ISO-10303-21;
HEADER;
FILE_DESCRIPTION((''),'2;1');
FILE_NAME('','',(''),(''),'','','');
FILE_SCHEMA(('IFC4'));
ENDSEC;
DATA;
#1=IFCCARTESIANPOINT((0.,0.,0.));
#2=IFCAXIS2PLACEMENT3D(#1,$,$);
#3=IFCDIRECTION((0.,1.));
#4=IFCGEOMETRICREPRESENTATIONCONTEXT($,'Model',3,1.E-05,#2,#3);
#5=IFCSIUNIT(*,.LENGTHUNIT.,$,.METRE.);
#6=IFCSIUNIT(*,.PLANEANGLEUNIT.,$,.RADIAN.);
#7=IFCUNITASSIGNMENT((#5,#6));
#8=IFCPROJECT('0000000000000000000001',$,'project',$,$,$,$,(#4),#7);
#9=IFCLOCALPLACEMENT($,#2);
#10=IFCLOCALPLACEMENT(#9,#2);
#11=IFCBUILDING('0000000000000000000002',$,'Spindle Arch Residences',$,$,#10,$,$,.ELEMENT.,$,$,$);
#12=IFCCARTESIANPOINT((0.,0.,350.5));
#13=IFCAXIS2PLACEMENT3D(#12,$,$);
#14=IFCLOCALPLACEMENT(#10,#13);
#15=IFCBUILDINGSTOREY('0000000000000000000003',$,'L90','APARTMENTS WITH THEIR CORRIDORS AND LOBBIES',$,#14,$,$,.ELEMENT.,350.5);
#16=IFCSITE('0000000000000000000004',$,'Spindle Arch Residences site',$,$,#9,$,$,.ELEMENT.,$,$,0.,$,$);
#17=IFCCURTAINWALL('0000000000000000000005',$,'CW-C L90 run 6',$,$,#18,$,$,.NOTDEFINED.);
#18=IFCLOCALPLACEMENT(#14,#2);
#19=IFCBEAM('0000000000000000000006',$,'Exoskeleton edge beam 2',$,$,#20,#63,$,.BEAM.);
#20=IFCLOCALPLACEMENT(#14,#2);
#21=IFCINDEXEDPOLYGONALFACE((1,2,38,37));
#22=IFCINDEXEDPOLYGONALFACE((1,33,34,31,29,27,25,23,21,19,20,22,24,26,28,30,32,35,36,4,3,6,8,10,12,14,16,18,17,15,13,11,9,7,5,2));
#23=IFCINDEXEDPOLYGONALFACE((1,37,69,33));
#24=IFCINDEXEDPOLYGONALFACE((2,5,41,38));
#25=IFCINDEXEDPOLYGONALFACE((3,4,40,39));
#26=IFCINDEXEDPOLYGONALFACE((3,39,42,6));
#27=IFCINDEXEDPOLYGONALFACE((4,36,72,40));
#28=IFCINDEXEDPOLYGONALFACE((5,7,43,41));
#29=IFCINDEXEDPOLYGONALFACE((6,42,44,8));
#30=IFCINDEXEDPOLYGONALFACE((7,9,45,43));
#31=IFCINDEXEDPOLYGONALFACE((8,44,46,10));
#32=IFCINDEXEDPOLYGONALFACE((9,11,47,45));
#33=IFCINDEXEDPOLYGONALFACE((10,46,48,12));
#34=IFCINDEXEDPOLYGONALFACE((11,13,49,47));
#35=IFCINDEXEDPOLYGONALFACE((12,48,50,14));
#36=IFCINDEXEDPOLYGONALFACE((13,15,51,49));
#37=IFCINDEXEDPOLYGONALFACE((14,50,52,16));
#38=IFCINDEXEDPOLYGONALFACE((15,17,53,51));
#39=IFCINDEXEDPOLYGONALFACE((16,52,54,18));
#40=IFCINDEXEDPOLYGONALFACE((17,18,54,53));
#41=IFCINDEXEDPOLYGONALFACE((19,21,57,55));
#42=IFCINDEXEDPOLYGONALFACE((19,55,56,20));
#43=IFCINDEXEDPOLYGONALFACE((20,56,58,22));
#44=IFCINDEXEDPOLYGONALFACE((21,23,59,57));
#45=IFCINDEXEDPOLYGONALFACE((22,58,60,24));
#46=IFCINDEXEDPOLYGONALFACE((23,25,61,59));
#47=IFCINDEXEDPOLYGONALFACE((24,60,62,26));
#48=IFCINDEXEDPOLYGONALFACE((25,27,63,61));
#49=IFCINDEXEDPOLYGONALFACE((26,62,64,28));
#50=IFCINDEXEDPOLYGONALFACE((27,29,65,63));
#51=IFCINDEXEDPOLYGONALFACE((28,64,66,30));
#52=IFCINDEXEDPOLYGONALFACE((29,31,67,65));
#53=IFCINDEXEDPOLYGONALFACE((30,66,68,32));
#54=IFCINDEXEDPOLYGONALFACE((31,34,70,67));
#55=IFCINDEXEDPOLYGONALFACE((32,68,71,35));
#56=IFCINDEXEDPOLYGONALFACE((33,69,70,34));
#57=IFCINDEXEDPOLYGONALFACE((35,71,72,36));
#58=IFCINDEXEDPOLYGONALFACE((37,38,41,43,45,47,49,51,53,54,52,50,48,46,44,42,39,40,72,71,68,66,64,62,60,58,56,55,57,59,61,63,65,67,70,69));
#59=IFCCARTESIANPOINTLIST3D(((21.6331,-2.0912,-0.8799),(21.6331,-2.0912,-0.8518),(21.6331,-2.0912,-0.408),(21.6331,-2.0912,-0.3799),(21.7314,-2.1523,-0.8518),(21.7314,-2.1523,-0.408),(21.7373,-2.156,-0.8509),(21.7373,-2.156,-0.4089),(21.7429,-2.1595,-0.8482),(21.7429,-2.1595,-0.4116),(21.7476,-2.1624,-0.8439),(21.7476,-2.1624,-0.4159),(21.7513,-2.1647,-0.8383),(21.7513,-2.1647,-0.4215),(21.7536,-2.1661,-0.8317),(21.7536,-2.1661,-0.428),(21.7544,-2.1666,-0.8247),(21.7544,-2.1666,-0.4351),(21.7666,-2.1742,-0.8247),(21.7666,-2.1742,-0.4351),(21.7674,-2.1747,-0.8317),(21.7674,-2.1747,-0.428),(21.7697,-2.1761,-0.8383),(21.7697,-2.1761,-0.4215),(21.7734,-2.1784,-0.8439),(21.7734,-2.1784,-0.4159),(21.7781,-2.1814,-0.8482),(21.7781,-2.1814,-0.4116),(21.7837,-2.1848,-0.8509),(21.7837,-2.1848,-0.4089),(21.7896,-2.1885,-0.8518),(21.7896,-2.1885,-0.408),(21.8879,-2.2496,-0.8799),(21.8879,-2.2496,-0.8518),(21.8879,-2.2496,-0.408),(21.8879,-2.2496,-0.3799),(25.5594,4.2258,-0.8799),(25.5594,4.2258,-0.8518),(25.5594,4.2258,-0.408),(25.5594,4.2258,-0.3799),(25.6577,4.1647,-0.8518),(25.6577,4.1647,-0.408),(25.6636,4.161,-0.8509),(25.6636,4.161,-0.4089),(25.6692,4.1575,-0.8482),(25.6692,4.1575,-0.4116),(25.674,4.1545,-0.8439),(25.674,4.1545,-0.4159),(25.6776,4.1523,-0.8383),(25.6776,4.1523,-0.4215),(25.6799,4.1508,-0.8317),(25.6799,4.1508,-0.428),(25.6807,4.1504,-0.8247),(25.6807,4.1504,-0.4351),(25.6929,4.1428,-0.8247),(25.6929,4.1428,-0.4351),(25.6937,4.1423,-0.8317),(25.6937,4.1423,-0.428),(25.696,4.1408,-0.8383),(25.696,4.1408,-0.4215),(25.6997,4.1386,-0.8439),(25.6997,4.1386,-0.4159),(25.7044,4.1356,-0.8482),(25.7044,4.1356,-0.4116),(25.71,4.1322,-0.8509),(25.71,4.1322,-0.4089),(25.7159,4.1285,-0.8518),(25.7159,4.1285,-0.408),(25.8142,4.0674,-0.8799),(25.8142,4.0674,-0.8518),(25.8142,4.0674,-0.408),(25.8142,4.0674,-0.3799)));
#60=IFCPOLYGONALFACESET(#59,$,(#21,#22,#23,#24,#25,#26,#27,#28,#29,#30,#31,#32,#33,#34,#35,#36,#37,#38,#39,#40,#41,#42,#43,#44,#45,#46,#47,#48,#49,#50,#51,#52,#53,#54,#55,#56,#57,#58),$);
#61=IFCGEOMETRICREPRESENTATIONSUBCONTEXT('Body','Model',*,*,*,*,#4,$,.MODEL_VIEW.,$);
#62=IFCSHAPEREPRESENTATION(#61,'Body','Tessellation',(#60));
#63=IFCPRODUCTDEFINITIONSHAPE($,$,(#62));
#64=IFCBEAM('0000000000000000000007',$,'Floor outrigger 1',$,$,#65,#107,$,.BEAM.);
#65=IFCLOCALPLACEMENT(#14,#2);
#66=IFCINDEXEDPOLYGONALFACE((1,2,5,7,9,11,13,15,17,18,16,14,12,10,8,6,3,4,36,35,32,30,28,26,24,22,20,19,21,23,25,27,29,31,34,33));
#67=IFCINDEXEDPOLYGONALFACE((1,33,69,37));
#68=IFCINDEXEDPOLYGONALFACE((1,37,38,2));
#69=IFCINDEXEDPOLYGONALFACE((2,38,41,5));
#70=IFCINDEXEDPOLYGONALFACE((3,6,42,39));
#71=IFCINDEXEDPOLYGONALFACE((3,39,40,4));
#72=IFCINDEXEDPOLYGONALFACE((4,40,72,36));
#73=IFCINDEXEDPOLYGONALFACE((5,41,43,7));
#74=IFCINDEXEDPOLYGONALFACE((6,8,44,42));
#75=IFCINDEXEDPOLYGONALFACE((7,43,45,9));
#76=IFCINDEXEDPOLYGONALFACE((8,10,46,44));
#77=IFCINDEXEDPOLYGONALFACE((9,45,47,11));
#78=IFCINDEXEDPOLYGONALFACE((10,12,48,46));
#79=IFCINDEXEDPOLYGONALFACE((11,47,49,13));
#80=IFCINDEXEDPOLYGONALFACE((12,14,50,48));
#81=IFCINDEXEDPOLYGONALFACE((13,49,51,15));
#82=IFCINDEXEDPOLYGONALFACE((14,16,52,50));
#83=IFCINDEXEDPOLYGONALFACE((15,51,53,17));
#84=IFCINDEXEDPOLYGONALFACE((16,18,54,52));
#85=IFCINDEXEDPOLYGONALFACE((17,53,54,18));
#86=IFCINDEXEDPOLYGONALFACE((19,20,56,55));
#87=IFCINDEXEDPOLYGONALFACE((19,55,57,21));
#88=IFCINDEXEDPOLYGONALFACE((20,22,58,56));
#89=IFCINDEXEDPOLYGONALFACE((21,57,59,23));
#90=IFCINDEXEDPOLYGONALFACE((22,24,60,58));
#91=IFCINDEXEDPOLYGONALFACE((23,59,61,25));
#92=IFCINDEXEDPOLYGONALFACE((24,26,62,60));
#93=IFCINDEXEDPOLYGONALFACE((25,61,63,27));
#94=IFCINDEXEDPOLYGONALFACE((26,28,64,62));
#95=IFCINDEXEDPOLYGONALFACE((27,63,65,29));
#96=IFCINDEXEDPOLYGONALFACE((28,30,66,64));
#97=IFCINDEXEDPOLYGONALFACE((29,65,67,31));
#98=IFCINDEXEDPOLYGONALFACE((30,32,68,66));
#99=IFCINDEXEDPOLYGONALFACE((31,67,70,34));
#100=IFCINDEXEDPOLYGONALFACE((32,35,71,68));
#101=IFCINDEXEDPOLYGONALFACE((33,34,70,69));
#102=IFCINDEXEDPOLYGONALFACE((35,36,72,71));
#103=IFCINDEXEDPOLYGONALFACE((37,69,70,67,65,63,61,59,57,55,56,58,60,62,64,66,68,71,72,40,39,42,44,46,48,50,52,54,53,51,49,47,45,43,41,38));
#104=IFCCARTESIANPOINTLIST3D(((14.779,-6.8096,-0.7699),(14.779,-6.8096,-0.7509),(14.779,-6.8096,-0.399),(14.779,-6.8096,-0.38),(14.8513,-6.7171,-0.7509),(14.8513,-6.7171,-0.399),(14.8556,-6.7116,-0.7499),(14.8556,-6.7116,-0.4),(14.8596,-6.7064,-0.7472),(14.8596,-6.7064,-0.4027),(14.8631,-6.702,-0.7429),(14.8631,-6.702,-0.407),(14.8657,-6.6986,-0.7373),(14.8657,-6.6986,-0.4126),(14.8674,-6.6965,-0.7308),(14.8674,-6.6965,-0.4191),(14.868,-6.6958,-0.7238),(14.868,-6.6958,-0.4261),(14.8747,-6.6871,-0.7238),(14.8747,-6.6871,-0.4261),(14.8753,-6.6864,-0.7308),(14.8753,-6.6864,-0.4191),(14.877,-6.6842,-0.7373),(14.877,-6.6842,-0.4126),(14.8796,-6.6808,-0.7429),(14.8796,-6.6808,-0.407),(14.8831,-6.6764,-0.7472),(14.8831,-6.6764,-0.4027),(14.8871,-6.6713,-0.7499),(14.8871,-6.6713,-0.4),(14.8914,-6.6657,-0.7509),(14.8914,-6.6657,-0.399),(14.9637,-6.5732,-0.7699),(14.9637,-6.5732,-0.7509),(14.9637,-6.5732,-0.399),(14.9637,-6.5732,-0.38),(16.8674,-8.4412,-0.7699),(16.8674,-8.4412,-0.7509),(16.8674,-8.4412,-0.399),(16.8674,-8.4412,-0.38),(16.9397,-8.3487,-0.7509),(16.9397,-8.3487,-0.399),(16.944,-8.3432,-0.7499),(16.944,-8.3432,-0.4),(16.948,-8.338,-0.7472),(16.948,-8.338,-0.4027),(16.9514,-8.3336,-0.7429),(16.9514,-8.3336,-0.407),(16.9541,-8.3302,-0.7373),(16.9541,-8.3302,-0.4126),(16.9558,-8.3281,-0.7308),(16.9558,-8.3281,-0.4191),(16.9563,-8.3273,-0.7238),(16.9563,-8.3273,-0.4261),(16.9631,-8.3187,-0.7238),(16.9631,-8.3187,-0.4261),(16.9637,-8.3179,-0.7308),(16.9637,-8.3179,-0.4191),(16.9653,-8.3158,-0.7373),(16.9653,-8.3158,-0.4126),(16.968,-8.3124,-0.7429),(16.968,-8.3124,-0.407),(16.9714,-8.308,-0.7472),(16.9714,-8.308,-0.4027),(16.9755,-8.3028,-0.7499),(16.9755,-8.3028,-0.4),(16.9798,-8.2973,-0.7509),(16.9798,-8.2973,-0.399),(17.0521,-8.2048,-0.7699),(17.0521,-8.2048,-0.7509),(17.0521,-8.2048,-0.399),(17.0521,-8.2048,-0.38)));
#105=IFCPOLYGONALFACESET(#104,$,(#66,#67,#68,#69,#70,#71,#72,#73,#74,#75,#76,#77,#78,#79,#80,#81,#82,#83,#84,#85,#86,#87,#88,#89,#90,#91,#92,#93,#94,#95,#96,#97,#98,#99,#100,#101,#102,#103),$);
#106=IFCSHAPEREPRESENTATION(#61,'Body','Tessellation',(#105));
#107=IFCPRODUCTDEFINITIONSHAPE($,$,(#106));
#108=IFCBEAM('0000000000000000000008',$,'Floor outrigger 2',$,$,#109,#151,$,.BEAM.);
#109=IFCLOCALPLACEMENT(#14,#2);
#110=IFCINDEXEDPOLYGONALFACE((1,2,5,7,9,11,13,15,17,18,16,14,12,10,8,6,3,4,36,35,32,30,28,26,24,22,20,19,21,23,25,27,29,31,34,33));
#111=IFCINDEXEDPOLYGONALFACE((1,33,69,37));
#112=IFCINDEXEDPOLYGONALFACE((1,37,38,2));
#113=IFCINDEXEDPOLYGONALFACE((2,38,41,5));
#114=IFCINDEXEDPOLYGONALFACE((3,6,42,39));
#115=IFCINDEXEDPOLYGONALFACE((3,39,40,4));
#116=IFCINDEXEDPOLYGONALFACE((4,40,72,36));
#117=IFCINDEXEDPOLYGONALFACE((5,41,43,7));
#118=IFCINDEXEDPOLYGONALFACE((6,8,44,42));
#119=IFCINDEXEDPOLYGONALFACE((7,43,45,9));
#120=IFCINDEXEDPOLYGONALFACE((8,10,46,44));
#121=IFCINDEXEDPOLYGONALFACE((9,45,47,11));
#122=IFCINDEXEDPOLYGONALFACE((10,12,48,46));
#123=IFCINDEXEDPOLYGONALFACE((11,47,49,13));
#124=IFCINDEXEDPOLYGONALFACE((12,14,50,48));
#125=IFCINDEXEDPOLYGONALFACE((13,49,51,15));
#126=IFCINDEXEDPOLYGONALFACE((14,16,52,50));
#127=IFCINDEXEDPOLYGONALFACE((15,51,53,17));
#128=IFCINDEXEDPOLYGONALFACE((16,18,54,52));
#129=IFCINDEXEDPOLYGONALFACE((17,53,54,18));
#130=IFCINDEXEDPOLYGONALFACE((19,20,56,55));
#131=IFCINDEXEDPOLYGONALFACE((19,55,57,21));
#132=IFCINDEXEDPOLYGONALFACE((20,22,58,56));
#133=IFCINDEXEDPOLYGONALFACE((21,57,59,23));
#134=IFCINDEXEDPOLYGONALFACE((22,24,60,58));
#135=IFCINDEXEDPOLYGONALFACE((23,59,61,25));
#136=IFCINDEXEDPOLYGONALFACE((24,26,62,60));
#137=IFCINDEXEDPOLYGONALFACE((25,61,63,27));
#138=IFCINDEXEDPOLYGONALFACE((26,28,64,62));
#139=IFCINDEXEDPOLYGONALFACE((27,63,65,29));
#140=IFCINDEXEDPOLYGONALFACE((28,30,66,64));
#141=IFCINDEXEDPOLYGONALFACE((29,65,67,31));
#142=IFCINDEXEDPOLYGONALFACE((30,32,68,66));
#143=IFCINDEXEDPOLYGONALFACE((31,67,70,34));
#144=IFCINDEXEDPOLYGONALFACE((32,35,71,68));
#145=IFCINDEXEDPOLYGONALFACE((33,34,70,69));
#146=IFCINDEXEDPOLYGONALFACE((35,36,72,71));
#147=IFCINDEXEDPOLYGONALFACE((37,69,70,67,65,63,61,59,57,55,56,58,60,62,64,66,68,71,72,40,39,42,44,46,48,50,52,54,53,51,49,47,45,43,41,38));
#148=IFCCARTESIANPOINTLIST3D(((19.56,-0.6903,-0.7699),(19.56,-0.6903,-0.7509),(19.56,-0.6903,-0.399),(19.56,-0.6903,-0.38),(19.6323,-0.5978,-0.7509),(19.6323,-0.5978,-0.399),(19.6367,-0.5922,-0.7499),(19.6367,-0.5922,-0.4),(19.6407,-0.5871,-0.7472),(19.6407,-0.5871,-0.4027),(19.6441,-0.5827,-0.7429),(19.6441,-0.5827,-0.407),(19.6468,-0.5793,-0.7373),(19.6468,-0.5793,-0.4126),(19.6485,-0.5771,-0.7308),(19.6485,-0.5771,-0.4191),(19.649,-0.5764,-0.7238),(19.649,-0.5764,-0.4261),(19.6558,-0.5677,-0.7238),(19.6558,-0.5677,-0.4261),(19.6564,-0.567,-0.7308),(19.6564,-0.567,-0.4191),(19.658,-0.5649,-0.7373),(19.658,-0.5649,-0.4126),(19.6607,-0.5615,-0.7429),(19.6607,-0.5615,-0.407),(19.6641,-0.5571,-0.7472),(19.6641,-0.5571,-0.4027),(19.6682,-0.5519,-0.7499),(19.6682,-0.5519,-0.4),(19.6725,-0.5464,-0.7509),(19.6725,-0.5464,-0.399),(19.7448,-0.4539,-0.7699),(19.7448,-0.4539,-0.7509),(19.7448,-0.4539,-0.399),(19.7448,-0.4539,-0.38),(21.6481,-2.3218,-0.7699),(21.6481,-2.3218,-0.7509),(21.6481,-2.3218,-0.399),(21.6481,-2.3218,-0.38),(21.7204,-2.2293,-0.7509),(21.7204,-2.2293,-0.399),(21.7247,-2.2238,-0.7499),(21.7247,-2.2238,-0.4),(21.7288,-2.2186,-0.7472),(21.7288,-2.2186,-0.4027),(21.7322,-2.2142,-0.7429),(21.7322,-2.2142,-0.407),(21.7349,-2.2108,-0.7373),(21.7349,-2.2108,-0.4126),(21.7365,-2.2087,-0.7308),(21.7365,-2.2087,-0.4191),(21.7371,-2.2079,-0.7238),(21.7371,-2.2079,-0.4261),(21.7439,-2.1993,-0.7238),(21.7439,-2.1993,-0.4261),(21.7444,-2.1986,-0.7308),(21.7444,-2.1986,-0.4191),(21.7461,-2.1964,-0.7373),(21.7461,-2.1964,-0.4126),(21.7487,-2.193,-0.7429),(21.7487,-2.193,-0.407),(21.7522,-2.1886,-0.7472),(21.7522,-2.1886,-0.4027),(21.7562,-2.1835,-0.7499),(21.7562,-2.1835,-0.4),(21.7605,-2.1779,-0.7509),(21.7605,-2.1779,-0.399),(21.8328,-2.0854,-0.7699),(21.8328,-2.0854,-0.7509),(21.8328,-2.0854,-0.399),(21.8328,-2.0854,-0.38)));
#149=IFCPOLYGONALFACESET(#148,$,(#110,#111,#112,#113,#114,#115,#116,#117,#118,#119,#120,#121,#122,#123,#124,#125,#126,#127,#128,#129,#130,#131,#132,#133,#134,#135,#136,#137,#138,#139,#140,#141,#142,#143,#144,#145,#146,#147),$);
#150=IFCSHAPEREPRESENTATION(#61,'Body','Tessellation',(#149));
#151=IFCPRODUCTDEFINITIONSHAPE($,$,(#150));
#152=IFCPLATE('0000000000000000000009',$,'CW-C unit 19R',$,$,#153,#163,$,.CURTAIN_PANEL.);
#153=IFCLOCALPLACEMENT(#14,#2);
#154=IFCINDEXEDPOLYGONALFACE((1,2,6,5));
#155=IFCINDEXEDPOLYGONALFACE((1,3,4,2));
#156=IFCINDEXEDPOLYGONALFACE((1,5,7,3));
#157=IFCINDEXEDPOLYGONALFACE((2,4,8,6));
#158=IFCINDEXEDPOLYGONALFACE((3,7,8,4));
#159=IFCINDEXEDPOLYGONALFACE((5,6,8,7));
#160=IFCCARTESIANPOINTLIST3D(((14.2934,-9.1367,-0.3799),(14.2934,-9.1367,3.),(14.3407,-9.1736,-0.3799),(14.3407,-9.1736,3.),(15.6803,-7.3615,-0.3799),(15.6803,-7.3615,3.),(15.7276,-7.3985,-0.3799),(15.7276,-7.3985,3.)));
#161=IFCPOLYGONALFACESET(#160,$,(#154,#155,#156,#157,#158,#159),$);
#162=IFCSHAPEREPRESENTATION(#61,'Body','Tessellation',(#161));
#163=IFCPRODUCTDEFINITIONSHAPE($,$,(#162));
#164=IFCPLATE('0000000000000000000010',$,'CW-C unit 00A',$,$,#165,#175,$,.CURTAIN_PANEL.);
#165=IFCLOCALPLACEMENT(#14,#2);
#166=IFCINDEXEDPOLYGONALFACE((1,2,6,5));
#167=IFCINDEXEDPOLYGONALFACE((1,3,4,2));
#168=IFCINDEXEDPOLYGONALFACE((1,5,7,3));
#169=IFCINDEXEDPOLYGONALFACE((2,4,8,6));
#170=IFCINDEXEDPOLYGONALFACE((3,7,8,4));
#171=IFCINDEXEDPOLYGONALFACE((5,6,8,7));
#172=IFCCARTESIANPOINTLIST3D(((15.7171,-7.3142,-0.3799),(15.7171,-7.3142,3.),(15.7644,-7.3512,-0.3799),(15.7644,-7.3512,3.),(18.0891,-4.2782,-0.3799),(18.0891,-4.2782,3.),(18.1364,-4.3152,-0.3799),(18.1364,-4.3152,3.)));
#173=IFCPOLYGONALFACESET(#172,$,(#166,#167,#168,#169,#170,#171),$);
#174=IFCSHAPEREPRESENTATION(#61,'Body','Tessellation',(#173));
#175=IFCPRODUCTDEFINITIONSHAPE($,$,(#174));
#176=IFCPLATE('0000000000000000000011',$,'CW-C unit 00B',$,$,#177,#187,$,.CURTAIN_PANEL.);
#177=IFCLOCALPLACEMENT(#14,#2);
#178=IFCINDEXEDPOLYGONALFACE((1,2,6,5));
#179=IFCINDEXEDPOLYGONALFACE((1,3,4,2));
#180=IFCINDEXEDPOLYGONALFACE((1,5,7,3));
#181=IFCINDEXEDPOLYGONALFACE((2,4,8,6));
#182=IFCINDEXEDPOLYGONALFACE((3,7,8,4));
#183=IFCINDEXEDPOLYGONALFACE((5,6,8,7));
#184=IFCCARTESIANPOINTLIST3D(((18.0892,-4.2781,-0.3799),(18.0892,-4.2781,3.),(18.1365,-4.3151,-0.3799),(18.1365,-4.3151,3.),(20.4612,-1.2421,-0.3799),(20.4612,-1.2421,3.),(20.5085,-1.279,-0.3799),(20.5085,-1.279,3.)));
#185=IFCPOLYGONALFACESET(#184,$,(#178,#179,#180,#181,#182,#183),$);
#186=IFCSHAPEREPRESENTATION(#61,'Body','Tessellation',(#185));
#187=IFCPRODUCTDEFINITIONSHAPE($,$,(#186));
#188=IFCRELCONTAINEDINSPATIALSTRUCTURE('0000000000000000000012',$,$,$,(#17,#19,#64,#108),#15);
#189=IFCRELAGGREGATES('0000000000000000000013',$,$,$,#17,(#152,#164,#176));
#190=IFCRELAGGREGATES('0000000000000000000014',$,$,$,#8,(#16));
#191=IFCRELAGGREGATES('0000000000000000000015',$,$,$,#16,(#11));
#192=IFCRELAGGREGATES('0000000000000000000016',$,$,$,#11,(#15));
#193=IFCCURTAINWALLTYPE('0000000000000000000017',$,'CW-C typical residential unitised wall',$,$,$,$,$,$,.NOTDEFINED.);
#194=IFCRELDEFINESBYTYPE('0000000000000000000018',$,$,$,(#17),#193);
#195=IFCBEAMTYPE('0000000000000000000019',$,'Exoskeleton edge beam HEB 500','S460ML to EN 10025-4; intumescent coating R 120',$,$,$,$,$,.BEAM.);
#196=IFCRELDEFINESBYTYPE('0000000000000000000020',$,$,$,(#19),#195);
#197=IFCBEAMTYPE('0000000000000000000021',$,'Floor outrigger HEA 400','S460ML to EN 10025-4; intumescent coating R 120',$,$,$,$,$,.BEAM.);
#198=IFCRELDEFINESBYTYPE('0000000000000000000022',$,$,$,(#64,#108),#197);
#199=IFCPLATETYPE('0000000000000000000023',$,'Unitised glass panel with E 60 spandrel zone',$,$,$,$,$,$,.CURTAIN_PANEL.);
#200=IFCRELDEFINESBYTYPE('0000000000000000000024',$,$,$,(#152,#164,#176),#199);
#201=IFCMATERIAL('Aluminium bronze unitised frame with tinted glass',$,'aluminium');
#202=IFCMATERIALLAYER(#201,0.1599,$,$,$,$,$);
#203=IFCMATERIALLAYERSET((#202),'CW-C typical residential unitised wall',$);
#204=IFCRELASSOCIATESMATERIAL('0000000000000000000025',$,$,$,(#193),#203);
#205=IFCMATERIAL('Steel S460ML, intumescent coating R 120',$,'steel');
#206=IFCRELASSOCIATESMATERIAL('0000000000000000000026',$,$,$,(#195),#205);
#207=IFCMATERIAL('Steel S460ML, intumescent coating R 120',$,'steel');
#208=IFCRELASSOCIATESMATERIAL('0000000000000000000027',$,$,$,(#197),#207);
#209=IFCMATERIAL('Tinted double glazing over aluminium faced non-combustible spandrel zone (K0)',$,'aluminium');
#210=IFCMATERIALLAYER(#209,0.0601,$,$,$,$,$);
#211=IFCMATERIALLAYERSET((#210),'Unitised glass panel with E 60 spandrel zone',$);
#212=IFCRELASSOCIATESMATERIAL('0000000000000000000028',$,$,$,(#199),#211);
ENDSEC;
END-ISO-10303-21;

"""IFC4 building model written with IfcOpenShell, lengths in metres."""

from ifc_helpers import new_model, si_unit, direction, frame, origin, origin_2d, place, context, subcontext, project, spatial, rectangle, i_section, extrude, material, layer, layer_set, material_profile, profile_set, type_object, element, aggregate, save


model = new_model("IFC4")

# Units and contexts
model_context = context("Model", 3, precision=1e-05, world=origin(), true_north=direction((0.0, 1.0)))
body_context = subcontext(model_context, "Body", "Model", "MODEL_VIEW")
ifc_project = project(units=[si_unit("LENGTHUNIT", "METRE"), si_unit("PLANEANGLEUNIT", "RADIAN")], contexts=[model_context])

# Site, building, storey
site_placement = place(None, origin())
site = spatial("IfcSite", under=ifc_project, at=site_placement, Name="Spindle Arch Residences site", CompositionType="ELEMENT", RefElevation=0.0)
building_placement = place(site_placement, origin())
building = spatial("IfcBuilding", under=site, at=building_placement, Name="Spindle Arch Residences", CompositionType="ELEMENT")
storey_placement = place(building_placement, frame((0.0, 0.0, 350.5)))
storey = spatial("IfcBuildingStorey", under=building, at=storey_placement, Name="L90", Description="APARTMENTS WITH THEIR CORRIDORS AND LOBBIES", CompositionType="ELEMENT", Elevation=350.5)

# Curtain wall
ifc_material_1 = material(Name="Aluminium bronze unitised frame with tinted glass", Category="aluminium")
ifc_layer_1 = layer(ifc_material_1, 0.1599)
ifc_layer_set_1 = layer_set([ifc_layer_1], Name="CW-C typical residential unitised wall")
curtain_wall_type_1 = type_object("IfcCurtainWallType", Name="CW-C typical residential unitised wall", PredefinedType="NOTDEFINED", material=ifc_layer_set_1)
curtain_wall_1_placement = place(storey_placement, origin())
curtain_wall_1 = element("IfcCurtainWall", 1, at=curtain_wall_1_placement, inside=storey, type_object=curtain_wall_type_1, Name="CW-C L90 run 6", PredefinedType="NOTDEFINED")

# Beams
ifc_material_2 = material(Name="Steel S460ML, intumescent coating R 120", Category="steel")
ifc_material_profile_1 = material_profile(ifc_material_2, i_section(OverallWidth=0.3, OverallDepth=0.5, WebThickness=0.0144, FlangeThickness=0.0281, FilletRadius=0.0271, at=origin_2d()), Name="HEB 500")
ifc_profile_set_1 = profile_set([ifc_material_profile_1], Name="Steel S460ML, intumescent coating R 120")
beam_type_1 = type_object("IfcBeamType", Name="Exoskeleton edge beam HEB 500", Description="S460ML to EN 10025-4; intumescent coating R 120", PredefinedType="BEAM", material=ifc_profile_set_1)
beam_1_placement = place(storey_placement, frame((21.7605, -2.1704, -0.6299), z_axis=(0.527891, 0.849312, 0.0), x_axis=(-0.849312, 0.527891, 0.0)))
element("IfcBeam", 2, at=beam_1_placement, inside=storey, type_object=beam_type_1, Name="Exoskeleton edge beam 2", PredefinedType="BEAM", context=body_context, shape_type="SweptSolid", body=[
    extrude(i_section(OverallWidth=0.3, OverallDepth=0.5, WebThickness=0.0144, FlangeThickness=0.0281, FilletRadius=0.0271, at=origin_2d()), origin(), (0.0, 0.0, 1.0), 7.4377),
])
ifc_material_3 = material(Name="Steel S460ML, intumescent coating R 120", Category="steel")
ifc_material_profile_2 = material_profile(ifc_material_3, i_section(OverallWidth=0.3, OverallDepth=0.3899, WebThickness=0.011, FlangeThickness=0.019, FilletRadius=0.0271, at=origin_2d()), Name="HEA 400")
ifc_profile_set_2 = profile_set([ifc_material_profile_2], Name="Steel S460ML, intumescent coating R 120")
beam_type_2 = type_object("IfcBeamType", Name="Floor outrigger HEA 400", Description="S460ML to EN 10025-4; intumescent coating R 120", PredefinedType="BEAM", material=ifc_profile_set_2)
beam_2_placement = place(storey_placement, frame((16.9597, -8.323, -0.575), z_axis=(-0.788016, 0.615655, 0.0), x_axis=(-0.615655, -0.788016, 0.0)))
element("IfcBeam", 3, at=beam_2_placement, inside=storey, type_object=beam_type_2, Name="Floor outrigger 1", PredefinedType="BEAM", context=body_context, shape_type="SweptSolid", body=[
    extrude(i_section(OverallWidth=0.3, OverallDepth=0.3899, WebThickness=0.011, FlangeThickness=0.019, FilletRadius=0.0271, at=origin_2d()), origin(), (0.0, 0.0, 1.0), 2.6501),
])
beam_3_placement = place(storey_placement, frame((21.7405, -2.2036, -0.575), z_axis=(-0.787981, 0.615699, 0.0), x_axis=(-0.615699, -0.787981, 0.0)))
element("IfcBeam", 4, at=beam_3_placement, inside=storey, type_object=beam_type_2, Name="Floor outrigger 2", PredefinedType="BEAM", context=body_context, shape_type="SweptSolid", body=[
    extrude(i_section(OverallWidth=0.3, OverallDepth=0.3899, WebThickness=0.011, FlangeThickness=0.019, FilletRadius=0.0271, at=origin_2d()), origin(), (0.0, 0.0, 1.0), 2.6499),
])

# Plates
ifc_material_4 = material(Name="Tinted double glazing over aluminium faced non-combustible spandrel zone (K0)", Category="aluminium")
ifc_layer_2 = layer(ifc_material_4, 0.0601)
ifc_layer_set_2 = layer_set([ifc_layer_2], Name="Unitised glass panel with E 60 spandrel zone")
plate_type = type_object("IfcPlateType", Name="Unitised glass panel with E 60 spandrel zone", PredefinedType="CURTAIN_PANEL", material=ifc_layer_set_2)
plate_1_placement = place(storey_placement, frame((15.0105, -8.2676, -0.3799), z_axis=(0.0, 0.0, 1.0), x_axis=(0.615661, 0.788011, 0.0)))
plate_1 = element("IfcPlate", 5, at=plate_1_placement, type_object=plate_type, Name="CW-C unit 19R", PredefinedType="CURTAIN_PANEL", context=body_context, shape_type="SweptSolid", body=[
    extrude(rectangle(XDim=2.2527, YDim=0.0601, at=origin_2d()), origin(), (0.0, 0.0, 1.0), 3.3799),
])
plate_2_placement = place(storey_placement, frame((16.9268, -5.8147, -0.3799), z_axis=(0.0, 0.0, 1.0), x_axis=(0.615661, 0.788011, 0.0)))
plate_2 = element("IfcPlate", 6, at=plate_2_placement, type_object=plate_type, Name="CW-C unit 00A", PredefinedType="CURTAIN_PANEL", context=body_context, shape_type="SweptSolid", body=[
    extrude(rectangle(XDim=3.8528, YDim=0.0601, at=origin_2d()), origin(), (0.0, 0.0, 1.0), 3.3799),
])
plate_3_placement = place(storey_placement, frame((19.2988, -2.7786, -0.3799), z_axis=(0.0, 0.0, 1.0), x_axis=(0.615661, 0.788011, 0.0)))
plate_3 = element("IfcPlate", 7, at=plate_3_placement, type_object=plate_type, Name="CW-C unit 00B", PredefinedType="CURTAIN_PANEL", context=body_context, shape_type="SweptSolid", body=[
    extrude(rectangle(XDim=3.8528, YDim=0.0601, at=origin_2d()), origin(), (0.0, 0.0, 1.0), 3.3799),
])
aggregate(curtain_wall_1, [plate_1, plate_2, plate_3])

save(model, "model.ifc")
